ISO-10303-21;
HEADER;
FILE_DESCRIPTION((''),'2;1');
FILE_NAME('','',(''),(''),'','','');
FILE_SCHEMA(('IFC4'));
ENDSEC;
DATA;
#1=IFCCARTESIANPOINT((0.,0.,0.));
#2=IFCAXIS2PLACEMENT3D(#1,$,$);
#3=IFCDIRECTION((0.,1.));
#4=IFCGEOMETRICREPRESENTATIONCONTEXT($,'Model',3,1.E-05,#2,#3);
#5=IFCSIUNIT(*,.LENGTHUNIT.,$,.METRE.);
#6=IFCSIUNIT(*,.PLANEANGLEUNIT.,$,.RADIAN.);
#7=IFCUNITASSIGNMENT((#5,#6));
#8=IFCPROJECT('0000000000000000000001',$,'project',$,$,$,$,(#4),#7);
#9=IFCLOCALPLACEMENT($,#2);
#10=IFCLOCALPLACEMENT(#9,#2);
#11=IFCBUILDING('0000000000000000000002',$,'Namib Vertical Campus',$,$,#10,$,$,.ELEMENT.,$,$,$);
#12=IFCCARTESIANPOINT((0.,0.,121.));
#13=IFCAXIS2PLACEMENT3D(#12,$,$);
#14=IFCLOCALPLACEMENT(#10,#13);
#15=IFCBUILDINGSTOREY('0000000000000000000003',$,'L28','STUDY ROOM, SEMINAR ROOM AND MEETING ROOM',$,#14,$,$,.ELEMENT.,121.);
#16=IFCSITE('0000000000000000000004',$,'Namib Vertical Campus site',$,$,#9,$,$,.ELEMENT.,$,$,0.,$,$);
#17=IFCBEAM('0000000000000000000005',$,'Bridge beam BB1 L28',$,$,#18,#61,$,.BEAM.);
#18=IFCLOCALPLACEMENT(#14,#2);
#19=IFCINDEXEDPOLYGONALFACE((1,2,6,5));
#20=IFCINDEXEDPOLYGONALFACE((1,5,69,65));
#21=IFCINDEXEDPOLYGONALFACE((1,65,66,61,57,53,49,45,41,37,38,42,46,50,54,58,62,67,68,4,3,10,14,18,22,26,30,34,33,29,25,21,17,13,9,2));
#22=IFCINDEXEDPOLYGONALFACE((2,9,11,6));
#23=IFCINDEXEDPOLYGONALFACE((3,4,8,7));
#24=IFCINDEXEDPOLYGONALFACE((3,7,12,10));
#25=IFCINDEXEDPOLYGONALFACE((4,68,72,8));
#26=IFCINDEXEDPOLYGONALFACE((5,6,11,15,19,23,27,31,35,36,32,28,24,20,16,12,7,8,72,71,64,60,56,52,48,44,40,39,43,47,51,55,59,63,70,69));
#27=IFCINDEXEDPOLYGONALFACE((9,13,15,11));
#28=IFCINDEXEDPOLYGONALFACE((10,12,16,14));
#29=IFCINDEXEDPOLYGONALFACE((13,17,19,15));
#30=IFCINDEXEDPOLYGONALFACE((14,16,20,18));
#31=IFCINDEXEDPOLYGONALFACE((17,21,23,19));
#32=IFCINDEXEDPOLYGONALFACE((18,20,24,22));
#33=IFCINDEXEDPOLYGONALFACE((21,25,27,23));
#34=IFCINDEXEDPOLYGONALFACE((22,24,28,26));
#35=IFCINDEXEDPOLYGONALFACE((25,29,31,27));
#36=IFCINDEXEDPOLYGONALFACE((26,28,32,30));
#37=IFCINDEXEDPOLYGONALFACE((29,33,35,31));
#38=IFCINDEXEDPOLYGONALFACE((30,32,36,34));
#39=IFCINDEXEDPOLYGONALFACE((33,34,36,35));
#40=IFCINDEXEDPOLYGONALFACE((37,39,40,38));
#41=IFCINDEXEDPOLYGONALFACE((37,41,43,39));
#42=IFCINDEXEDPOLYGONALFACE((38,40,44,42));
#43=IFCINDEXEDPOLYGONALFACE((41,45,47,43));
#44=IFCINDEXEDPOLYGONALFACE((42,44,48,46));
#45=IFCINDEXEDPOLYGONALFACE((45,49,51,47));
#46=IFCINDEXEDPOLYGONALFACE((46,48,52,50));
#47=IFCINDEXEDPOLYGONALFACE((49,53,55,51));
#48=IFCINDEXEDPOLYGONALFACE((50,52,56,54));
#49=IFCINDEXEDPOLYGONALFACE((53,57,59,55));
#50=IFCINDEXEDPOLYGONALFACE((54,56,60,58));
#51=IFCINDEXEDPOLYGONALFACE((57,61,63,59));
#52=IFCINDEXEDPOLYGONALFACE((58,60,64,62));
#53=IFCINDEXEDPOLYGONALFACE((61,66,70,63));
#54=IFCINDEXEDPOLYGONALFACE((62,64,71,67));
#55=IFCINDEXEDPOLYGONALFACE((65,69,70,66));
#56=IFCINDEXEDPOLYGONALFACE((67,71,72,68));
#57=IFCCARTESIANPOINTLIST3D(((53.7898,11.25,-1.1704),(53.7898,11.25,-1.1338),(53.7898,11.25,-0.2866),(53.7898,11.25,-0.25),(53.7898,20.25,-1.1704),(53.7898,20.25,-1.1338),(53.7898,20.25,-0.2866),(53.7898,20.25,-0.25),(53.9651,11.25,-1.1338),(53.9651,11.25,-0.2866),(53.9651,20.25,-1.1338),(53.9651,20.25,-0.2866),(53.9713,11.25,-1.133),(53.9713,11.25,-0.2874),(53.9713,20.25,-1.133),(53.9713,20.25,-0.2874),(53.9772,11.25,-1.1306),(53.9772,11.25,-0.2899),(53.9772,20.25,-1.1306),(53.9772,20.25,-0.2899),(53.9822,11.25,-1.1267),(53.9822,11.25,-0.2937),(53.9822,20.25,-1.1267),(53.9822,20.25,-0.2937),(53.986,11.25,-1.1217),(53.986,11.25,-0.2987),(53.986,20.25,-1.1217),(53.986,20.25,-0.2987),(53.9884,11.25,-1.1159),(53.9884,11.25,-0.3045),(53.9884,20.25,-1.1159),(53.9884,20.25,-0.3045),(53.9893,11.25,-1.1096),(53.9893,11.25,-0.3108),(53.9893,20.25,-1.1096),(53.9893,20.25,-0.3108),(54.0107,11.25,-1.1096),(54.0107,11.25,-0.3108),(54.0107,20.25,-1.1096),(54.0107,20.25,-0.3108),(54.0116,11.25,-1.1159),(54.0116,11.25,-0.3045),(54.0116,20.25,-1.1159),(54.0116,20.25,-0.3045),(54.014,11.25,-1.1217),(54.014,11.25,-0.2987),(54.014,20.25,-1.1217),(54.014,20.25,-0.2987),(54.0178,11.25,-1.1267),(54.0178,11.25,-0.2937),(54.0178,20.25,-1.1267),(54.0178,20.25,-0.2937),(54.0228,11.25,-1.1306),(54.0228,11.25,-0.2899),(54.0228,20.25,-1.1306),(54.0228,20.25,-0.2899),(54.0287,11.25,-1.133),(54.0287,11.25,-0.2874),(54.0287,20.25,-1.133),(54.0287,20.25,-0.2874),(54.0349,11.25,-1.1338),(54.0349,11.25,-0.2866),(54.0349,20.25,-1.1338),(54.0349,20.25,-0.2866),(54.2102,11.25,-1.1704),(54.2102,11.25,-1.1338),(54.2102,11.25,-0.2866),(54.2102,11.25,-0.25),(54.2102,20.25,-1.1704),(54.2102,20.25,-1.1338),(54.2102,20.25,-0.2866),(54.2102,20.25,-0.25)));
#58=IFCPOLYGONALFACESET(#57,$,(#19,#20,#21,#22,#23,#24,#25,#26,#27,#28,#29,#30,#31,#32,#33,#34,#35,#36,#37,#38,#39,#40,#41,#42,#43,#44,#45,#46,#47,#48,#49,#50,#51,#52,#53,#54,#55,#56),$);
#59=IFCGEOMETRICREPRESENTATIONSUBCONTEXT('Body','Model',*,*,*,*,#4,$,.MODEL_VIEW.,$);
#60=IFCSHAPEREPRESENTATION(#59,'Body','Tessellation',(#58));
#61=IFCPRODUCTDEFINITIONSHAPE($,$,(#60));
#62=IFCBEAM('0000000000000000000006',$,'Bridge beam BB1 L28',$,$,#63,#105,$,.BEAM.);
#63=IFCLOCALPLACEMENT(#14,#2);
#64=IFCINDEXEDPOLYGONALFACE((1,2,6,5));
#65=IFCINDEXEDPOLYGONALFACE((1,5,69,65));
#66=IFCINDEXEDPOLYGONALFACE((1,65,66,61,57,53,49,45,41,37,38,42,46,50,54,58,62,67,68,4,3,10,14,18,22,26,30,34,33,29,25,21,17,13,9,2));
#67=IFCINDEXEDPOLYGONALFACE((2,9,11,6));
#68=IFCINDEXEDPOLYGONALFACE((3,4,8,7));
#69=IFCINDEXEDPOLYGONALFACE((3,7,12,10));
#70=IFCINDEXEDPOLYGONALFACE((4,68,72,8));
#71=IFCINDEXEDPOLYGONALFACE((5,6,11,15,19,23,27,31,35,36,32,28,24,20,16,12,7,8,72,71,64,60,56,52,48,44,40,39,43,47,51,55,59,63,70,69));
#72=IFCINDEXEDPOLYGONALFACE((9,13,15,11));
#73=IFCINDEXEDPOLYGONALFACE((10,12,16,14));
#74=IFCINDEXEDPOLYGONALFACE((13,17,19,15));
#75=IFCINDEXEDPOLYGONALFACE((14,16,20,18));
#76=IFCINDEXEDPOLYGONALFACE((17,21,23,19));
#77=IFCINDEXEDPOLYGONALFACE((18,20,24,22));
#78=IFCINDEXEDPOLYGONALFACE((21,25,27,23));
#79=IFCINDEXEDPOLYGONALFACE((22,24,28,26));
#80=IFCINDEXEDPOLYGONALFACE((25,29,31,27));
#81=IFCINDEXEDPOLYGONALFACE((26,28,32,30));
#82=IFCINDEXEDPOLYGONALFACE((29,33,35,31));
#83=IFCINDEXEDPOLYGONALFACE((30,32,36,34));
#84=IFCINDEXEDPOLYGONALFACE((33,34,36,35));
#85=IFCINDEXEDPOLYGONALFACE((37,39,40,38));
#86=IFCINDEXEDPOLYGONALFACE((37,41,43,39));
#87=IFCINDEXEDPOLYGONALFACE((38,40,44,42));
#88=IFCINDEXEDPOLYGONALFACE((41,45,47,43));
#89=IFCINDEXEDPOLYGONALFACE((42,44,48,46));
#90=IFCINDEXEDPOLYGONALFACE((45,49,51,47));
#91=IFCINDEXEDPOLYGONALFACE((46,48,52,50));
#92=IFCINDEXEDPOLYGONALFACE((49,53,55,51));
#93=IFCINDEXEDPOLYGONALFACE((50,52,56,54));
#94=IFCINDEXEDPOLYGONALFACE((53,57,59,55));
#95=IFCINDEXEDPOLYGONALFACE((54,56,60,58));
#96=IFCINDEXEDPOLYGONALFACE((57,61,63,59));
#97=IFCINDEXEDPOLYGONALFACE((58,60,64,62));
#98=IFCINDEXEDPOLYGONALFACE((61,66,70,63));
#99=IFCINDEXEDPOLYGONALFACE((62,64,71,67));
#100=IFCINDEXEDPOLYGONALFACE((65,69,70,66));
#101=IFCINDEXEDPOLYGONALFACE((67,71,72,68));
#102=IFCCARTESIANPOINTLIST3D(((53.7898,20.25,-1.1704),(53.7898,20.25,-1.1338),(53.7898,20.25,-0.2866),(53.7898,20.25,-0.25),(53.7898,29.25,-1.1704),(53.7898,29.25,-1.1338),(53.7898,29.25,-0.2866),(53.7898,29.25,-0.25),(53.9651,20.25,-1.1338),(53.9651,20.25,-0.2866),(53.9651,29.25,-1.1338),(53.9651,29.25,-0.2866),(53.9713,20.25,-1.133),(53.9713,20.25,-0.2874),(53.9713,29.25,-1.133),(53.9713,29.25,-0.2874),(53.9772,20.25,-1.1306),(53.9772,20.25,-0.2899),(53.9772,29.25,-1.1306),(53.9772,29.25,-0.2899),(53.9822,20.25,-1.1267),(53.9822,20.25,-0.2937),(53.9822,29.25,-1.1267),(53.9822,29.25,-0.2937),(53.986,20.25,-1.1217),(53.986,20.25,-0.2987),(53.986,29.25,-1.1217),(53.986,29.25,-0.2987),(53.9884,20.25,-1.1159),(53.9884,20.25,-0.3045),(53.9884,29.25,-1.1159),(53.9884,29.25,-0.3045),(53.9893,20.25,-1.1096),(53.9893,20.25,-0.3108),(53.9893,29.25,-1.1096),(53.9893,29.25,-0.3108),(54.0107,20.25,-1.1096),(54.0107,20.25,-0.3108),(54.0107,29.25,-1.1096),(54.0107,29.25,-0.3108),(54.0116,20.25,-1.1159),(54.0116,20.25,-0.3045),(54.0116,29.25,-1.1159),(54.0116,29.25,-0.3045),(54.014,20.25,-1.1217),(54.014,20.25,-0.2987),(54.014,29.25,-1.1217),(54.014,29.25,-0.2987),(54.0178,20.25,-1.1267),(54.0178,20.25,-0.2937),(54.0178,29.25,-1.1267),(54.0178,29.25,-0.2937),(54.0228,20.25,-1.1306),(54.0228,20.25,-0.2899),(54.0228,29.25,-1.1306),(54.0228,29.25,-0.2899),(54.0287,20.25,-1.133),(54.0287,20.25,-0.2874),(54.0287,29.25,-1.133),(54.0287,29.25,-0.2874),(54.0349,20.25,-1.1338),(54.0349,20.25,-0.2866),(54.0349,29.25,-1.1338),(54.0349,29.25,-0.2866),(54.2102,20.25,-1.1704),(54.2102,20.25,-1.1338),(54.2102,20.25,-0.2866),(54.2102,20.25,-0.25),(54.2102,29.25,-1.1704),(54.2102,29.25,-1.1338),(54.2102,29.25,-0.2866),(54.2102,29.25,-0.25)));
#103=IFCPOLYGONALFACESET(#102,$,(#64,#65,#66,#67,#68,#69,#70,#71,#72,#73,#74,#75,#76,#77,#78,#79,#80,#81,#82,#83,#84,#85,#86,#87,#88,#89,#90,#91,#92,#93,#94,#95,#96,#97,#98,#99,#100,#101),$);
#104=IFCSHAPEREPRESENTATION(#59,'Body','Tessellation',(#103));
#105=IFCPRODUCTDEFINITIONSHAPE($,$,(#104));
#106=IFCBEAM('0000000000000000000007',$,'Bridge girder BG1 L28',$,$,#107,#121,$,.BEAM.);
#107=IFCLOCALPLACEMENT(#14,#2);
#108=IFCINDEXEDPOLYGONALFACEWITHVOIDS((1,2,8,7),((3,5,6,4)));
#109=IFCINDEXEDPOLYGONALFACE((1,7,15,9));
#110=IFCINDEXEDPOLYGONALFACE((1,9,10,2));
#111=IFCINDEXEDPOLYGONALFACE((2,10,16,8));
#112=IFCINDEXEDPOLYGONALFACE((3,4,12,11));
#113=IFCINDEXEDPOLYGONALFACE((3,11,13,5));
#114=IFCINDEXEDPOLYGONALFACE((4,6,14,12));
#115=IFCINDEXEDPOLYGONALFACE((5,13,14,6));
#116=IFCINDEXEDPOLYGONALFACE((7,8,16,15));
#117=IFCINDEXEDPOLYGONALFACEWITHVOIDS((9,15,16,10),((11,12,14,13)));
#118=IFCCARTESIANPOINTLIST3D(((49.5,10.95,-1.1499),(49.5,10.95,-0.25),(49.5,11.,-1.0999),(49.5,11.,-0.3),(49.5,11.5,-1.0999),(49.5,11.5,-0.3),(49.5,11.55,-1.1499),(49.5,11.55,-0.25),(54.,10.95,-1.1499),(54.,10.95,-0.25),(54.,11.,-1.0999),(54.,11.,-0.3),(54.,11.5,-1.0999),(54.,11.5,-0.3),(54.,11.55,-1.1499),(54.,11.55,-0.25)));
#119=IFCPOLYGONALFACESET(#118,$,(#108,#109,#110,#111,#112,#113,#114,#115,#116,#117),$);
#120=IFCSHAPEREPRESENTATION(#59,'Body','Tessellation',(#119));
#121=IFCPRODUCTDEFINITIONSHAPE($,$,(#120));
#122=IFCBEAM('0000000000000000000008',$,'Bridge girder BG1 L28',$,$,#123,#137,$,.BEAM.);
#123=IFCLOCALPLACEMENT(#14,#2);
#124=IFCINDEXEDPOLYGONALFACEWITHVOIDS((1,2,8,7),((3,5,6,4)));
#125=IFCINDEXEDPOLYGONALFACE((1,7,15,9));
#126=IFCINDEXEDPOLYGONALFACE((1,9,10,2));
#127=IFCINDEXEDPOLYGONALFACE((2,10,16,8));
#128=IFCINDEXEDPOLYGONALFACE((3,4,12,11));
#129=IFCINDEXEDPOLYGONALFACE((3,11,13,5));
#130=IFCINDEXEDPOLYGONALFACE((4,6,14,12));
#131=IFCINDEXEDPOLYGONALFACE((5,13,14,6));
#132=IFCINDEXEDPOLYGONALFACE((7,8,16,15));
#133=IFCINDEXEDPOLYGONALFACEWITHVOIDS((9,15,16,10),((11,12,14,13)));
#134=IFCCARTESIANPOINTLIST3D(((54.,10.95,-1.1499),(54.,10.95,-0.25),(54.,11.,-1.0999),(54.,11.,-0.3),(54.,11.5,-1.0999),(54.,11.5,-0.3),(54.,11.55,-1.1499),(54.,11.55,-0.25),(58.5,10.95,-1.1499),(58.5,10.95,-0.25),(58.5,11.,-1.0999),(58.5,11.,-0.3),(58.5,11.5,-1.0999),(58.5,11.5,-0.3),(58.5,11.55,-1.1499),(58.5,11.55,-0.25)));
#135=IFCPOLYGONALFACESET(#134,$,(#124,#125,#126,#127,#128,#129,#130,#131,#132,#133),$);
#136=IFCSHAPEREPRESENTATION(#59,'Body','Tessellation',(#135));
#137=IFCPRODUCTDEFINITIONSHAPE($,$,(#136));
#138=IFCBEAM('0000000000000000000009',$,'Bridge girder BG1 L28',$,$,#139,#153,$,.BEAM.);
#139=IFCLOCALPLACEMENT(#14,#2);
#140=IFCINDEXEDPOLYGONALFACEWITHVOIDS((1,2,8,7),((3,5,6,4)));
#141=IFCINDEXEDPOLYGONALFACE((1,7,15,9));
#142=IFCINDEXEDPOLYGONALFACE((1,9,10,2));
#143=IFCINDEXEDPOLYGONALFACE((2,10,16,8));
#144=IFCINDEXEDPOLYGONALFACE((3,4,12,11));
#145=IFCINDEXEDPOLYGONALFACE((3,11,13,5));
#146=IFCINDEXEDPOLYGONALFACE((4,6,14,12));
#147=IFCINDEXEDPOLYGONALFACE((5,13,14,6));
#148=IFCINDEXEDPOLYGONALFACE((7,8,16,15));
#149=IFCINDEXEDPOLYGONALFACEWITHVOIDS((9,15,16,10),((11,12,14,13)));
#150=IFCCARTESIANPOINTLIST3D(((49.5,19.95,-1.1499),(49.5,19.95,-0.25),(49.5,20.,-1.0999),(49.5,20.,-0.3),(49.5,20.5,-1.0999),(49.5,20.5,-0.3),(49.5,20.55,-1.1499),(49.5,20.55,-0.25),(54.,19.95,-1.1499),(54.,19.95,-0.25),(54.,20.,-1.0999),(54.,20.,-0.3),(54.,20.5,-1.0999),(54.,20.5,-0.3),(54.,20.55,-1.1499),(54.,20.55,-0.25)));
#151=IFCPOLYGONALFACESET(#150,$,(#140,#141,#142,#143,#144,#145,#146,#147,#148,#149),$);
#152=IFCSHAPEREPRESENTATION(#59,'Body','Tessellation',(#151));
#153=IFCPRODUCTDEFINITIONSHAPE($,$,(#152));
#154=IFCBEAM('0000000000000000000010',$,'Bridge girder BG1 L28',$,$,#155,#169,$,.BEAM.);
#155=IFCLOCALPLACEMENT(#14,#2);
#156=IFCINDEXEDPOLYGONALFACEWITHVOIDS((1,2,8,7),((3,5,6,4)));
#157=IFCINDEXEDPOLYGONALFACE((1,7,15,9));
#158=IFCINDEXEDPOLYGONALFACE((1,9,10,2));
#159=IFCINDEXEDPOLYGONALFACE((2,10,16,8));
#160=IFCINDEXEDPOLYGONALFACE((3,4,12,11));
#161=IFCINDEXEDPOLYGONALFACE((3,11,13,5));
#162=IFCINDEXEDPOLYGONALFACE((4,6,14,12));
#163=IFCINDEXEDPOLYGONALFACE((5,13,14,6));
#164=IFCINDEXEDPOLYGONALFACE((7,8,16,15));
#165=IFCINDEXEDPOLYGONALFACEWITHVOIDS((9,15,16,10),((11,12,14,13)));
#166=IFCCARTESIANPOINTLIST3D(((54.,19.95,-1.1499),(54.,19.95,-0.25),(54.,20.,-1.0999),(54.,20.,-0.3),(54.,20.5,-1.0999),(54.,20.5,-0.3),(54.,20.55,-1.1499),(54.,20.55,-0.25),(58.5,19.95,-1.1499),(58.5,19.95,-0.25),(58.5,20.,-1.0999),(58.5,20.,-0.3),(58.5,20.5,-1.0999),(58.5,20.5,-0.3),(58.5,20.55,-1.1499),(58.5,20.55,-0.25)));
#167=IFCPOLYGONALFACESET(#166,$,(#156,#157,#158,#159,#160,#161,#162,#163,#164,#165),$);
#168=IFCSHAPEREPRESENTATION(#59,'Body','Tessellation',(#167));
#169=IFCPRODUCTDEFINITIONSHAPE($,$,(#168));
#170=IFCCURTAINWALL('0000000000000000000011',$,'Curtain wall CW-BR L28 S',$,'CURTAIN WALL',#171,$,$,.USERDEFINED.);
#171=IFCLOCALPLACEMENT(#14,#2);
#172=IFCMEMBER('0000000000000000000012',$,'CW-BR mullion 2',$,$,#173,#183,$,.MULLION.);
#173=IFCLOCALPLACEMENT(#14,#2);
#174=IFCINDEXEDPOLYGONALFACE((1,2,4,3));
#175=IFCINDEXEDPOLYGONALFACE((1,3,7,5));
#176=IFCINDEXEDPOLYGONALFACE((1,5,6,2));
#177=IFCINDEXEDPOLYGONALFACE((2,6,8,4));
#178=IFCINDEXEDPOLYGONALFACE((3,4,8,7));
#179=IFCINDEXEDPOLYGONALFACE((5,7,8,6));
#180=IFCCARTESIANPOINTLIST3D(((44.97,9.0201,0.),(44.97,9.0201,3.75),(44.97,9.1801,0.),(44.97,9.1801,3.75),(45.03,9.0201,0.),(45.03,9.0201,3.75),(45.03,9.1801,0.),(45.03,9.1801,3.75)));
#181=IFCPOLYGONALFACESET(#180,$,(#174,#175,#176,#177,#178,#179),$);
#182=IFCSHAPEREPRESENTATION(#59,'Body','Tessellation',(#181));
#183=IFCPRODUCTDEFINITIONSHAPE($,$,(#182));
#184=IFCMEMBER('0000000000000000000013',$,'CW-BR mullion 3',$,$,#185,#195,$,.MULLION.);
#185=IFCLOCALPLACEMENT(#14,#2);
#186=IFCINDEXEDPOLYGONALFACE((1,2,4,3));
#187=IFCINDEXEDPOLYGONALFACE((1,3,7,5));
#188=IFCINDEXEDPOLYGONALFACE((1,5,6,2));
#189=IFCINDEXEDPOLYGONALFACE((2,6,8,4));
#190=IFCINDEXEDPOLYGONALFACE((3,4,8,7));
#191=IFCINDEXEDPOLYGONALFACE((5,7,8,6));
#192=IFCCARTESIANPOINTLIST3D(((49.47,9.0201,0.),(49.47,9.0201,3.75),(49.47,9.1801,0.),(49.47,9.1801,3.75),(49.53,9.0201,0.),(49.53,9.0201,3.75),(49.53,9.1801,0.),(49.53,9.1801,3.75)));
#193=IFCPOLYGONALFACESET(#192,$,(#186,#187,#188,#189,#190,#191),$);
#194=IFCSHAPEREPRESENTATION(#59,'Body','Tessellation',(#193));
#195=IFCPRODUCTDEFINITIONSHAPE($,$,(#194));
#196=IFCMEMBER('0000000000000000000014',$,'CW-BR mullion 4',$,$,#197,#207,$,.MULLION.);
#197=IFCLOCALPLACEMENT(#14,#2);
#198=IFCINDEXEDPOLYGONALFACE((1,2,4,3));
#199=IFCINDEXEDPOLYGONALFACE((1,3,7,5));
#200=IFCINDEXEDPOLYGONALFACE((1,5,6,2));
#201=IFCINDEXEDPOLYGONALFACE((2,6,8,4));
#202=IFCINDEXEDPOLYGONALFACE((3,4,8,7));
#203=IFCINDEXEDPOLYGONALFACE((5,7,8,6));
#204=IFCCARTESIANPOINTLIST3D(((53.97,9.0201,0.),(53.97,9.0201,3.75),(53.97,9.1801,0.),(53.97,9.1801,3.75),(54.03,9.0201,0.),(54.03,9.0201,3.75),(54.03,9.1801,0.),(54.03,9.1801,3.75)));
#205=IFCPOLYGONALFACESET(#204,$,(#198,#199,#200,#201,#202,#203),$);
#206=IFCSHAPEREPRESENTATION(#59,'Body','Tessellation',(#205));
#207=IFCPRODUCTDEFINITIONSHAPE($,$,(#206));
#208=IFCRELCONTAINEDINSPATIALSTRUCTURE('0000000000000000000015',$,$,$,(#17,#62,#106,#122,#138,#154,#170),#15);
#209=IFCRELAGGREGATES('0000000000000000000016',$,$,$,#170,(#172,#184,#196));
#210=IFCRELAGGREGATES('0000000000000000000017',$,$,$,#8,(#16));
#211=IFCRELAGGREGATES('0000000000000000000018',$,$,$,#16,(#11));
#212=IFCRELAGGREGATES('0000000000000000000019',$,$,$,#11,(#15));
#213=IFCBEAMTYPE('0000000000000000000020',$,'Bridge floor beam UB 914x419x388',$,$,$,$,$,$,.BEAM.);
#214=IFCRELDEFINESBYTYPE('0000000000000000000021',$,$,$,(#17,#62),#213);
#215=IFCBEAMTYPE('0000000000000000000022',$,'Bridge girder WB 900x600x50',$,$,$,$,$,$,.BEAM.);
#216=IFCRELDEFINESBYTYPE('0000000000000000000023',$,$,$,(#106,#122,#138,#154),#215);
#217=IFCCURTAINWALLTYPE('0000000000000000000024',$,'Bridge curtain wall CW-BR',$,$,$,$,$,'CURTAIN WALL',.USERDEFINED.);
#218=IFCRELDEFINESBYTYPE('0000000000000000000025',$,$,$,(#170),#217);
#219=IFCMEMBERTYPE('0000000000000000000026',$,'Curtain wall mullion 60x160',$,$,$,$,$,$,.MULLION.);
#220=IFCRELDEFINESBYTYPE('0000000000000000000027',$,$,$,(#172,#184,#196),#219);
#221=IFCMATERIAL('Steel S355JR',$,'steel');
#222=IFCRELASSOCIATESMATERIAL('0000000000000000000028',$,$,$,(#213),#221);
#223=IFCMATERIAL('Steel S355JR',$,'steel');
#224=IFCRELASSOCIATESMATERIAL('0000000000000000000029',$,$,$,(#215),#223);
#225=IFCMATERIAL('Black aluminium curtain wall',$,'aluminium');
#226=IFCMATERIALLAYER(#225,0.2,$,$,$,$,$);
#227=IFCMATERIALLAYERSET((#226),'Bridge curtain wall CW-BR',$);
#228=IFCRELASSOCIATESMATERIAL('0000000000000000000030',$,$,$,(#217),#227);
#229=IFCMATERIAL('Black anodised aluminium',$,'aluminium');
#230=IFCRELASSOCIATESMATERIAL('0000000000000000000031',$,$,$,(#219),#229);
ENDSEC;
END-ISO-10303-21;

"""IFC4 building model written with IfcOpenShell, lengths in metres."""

from ifc_helpers import new_model, si_unit, direction, frame, origin, origin_2d, place, context, subcontext, project, spatial, rectangle, hollow_rectangle, i_section, extrude, material, layer, layer_set, material_profile, profile_set, type_object, element, aggregate, save


model = new_model("IFC4")

# Units and contexts
model_context = context("Model", 3, precision=1e-05, world=origin(), true_north=direction((0.0, 1.0)))
body_context = subcontext(model_context, "Body", "Model", "MODEL_VIEW")
ifc_project = project(units=[si_unit("LENGTHUNIT", "METRE"), si_unit("PLANEANGLEUNIT", "RADIAN")], contexts=[model_context])

# Site, building, storey
site_placement = place(None, origin())
site = spatial("IfcSite", under=ifc_project, at=site_placement, Name="Namib Vertical Campus site", CompositionType="ELEMENT", RefElevation=0.0)
building_placement = place(site_placement, origin())
building = spatial("IfcBuilding", under=site, at=building_placement, Name="Namib Vertical Campus", CompositionType="ELEMENT")
storey_placement = place(building_placement, frame((0.0, 0.0, 121.0)))
storey = spatial("IfcBuildingStorey", under=building, at=storey_placement, Name="L28", Description="STUDY ROOM, SEMINAR ROOM AND MEETING ROOM", CompositionType="ELEMENT", Elevation=121.0)

# Beams
ifc_material_1 = material(Name="Steel S355JR", Category="steel")
ifc_material_profile_1 = material_profile(ifc_material_1, i_section(OverallWidth=0.4204, OverallDepth=0.9204, WebThickness=0.0215, FlangeThickness=0.0366, FilletRadius=0.0242, at=origin_2d()))
ifc_profile_set_1 = profile_set([ifc_material_profile_1], Name="Steel S355JR")
beam_type_1 = type_object("IfcBeamType", Name="Bridge floor beam UB 914x419x388", PredefinedType="BEAM", material=ifc_profile_set_1)
for number, where, z_axis, x_axis, name in (
    (1, (54.0, 11.25, -0.7102), (0.0, 1.0, 0.0), (-1.0, 0.0, 0.0), "Bridge beam BB1 L28"),
    (2, (54.0, 20.25, -0.7102), (0.0, 1.0, 0.0), (-1.0, 0.0, 0.0), "Bridge beam BB1 L28"),
):
    element("IfcBeam", number, at=place(storey_placement, frame(where, z_axis=z_axis, x_axis=x_axis)), inside=storey, type_object=beam_type_1, Name=name, PredefinedType="BEAM", context=body_context, shape_type="SweptSolid", body=[
        extrude(i_section(OverallWidth=0.4204, OverallDepth=0.9204, WebThickness=0.0215, FlangeThickness=0.0366, FilletRadius=0.0242, at=origin_2d()), origin(), (0.0, 0.0, 1.0), 9.0),
    ])
ifc_material_2 = material(Name="Steel S355JR", Category="steel")
ifc_material_profile_2 = material_profile(ifc_material_2, hollow_rectangle(XDim=0.6001, YDim=0.8999, WallThickness=0.05, at=origin_2d()))
ifc_profile_set_2 = profile_set([ifc_material_profile_2], Name="Steel S355JR")
beam_type_2 = type_object("IfcBeamType", Name="Bridge girder WB 900x600x50", PredefinedType="BEAM", material=ifc_profile_set_2)
for number, where, z_axis, x_axis, name in (
    (3, (49.5, 11.25, -0.7), (1.0, 0.0, 0.0), (0.0, 1.0, 0.0), "Bridge girder BG1 L28"),
    (4, (54.0, 11.25, -0.7), (1.0, 0.0, 0.0), (0.0, 1.0, 0.0), "Bridge girder BG1 L28"),
    (5, (49.5, 20.25, -0.7), (1.0, 0.0, 0.0), (0.0, 1.0, 0.0), "Bridge girder BG1 L28"),
    (6, (54.0, 20.25, -0.7), (1.0, 0.0, 0.0), (0.0, 1.0, 0.0), "Bridge girder BG1 L28"),
):
    element("IfcBeam", number, at=place(storey_placement, frame(where, z_axis=z_axis, x_axis=x_axis)), inside=storey, type_object=beam_type_2, Name=name, PredefinedType="BEAM", context=body_context, shape_type="SweptSolid", body=[
        extrude(hollow_rectangle(XDim=0.6001, YDim=0.8999, WallThickness=0.05, at=origin_2d()), origin(), (0.0, 0.0, 1.0), 4.5),
    ])

# Curtain wall, members
ifc_material_3 = material(Name="Black aluminium curtain wall", Category="aluminium")
ifc_layer_1 = layer(ifc_material_3, 0.2)
ifc_layer_set_1 = layer_set([ifc_layer_1], Name="Bridge curtain wall CW-BR")
curtain_wall_type = type_object("IfcCurtainWallType", Name="Bridge curtain wall CW-BR", ElementType="CURTAIN WALL", PredefinedType="USERDEFINED", material=ifc_layer_set_1)
curtain_wall_placement = place(storey_placement, origin())
curtain_wall = element("IfcCurtainWall", 7, at=curtain_wall_placement, inside=storey, type_object=curtain_wall_type, Name="Curtain wall CW-BR L28 S", ObjectType="CURTAIN WALL", PredefinedType="USERDEFINED")
ifc_material_4 = material(Name="Black anodised aluminium", Category="aluminium")
ifc_material_profile_3 = material_profile(ifc_material_4, rectangle(XDim=0.0601, YDim=0.1599, at=origin_2d()))
ifc_profile_set_3 = profile_set([ifc_material_profile_3], Name="Black anodised aluminium")
member_type_1 = type_object("IfcMemberType", Name="Curtain wall mullion 60x160", PredefinedType="MULLION", material=ifc_profile_set_3)
member_1_placement = place(storey_placement, frame((45.0, 9.1001, 0.0), z_axis=(0.0, 0.0, 1.0), x_axis=(1.0, 0.0, 0.0)))
member_1 = element("IfcMember", 8, at=member_1_placement, type_object=member_type_1, Name="CW-BR mullion 2", PredefinedType="MULLION", context=body_context, shape_type="SweptSolid", body=[
    extrude(rectangle(XDim=0.0601, YDim=0.1599, at=origin_2d()), origin(), (0.0, 0.0, 1.0), 3.75),
])
member_2_placement = place(storey_placement, frame((49.5, 9.1001, 0.0), z_axis=(0.0, 0.0, 1.0), x_axis=(1.0, 0.0, 0.0)))
member_2 = element("IfcMember", 9, at=member_2_placement, type_object=member_type_1, Name="CW-BR mullion 3", PredefinedType="MULLION", context=body_context, shape_type="SweptSolid", body=[
    extrude(rectangle(XDim=0.0601, YDim=0.1599, at=origin_2d()), origin(), (0.0, 0.0, 1.0), 3.75),
])
member_3_placement = place(storey_placement, frame((54.0, 9.1001, 0.0), z_axis=(0.0, 0.0, 1.0), x_axis=(1.0, 0.0, 0.0)))
member_3 = element("IfcMember", 10, at=member_3_placement, type_object=member_type_1, Name="CW-BR mullion 4", PredefinedType="MULLION", context=body_context, shape_type="SweptSolid", body=[
    extrude(rectangle(XDim=0.0601, YDim=0.1599, at=origin_2d()), origin(), (0.0, 0.0, 1.0), 3.75),
])
aggregate(curtain_wall, [member_1, member_2, member_3])

save(model, "model.ifc")
